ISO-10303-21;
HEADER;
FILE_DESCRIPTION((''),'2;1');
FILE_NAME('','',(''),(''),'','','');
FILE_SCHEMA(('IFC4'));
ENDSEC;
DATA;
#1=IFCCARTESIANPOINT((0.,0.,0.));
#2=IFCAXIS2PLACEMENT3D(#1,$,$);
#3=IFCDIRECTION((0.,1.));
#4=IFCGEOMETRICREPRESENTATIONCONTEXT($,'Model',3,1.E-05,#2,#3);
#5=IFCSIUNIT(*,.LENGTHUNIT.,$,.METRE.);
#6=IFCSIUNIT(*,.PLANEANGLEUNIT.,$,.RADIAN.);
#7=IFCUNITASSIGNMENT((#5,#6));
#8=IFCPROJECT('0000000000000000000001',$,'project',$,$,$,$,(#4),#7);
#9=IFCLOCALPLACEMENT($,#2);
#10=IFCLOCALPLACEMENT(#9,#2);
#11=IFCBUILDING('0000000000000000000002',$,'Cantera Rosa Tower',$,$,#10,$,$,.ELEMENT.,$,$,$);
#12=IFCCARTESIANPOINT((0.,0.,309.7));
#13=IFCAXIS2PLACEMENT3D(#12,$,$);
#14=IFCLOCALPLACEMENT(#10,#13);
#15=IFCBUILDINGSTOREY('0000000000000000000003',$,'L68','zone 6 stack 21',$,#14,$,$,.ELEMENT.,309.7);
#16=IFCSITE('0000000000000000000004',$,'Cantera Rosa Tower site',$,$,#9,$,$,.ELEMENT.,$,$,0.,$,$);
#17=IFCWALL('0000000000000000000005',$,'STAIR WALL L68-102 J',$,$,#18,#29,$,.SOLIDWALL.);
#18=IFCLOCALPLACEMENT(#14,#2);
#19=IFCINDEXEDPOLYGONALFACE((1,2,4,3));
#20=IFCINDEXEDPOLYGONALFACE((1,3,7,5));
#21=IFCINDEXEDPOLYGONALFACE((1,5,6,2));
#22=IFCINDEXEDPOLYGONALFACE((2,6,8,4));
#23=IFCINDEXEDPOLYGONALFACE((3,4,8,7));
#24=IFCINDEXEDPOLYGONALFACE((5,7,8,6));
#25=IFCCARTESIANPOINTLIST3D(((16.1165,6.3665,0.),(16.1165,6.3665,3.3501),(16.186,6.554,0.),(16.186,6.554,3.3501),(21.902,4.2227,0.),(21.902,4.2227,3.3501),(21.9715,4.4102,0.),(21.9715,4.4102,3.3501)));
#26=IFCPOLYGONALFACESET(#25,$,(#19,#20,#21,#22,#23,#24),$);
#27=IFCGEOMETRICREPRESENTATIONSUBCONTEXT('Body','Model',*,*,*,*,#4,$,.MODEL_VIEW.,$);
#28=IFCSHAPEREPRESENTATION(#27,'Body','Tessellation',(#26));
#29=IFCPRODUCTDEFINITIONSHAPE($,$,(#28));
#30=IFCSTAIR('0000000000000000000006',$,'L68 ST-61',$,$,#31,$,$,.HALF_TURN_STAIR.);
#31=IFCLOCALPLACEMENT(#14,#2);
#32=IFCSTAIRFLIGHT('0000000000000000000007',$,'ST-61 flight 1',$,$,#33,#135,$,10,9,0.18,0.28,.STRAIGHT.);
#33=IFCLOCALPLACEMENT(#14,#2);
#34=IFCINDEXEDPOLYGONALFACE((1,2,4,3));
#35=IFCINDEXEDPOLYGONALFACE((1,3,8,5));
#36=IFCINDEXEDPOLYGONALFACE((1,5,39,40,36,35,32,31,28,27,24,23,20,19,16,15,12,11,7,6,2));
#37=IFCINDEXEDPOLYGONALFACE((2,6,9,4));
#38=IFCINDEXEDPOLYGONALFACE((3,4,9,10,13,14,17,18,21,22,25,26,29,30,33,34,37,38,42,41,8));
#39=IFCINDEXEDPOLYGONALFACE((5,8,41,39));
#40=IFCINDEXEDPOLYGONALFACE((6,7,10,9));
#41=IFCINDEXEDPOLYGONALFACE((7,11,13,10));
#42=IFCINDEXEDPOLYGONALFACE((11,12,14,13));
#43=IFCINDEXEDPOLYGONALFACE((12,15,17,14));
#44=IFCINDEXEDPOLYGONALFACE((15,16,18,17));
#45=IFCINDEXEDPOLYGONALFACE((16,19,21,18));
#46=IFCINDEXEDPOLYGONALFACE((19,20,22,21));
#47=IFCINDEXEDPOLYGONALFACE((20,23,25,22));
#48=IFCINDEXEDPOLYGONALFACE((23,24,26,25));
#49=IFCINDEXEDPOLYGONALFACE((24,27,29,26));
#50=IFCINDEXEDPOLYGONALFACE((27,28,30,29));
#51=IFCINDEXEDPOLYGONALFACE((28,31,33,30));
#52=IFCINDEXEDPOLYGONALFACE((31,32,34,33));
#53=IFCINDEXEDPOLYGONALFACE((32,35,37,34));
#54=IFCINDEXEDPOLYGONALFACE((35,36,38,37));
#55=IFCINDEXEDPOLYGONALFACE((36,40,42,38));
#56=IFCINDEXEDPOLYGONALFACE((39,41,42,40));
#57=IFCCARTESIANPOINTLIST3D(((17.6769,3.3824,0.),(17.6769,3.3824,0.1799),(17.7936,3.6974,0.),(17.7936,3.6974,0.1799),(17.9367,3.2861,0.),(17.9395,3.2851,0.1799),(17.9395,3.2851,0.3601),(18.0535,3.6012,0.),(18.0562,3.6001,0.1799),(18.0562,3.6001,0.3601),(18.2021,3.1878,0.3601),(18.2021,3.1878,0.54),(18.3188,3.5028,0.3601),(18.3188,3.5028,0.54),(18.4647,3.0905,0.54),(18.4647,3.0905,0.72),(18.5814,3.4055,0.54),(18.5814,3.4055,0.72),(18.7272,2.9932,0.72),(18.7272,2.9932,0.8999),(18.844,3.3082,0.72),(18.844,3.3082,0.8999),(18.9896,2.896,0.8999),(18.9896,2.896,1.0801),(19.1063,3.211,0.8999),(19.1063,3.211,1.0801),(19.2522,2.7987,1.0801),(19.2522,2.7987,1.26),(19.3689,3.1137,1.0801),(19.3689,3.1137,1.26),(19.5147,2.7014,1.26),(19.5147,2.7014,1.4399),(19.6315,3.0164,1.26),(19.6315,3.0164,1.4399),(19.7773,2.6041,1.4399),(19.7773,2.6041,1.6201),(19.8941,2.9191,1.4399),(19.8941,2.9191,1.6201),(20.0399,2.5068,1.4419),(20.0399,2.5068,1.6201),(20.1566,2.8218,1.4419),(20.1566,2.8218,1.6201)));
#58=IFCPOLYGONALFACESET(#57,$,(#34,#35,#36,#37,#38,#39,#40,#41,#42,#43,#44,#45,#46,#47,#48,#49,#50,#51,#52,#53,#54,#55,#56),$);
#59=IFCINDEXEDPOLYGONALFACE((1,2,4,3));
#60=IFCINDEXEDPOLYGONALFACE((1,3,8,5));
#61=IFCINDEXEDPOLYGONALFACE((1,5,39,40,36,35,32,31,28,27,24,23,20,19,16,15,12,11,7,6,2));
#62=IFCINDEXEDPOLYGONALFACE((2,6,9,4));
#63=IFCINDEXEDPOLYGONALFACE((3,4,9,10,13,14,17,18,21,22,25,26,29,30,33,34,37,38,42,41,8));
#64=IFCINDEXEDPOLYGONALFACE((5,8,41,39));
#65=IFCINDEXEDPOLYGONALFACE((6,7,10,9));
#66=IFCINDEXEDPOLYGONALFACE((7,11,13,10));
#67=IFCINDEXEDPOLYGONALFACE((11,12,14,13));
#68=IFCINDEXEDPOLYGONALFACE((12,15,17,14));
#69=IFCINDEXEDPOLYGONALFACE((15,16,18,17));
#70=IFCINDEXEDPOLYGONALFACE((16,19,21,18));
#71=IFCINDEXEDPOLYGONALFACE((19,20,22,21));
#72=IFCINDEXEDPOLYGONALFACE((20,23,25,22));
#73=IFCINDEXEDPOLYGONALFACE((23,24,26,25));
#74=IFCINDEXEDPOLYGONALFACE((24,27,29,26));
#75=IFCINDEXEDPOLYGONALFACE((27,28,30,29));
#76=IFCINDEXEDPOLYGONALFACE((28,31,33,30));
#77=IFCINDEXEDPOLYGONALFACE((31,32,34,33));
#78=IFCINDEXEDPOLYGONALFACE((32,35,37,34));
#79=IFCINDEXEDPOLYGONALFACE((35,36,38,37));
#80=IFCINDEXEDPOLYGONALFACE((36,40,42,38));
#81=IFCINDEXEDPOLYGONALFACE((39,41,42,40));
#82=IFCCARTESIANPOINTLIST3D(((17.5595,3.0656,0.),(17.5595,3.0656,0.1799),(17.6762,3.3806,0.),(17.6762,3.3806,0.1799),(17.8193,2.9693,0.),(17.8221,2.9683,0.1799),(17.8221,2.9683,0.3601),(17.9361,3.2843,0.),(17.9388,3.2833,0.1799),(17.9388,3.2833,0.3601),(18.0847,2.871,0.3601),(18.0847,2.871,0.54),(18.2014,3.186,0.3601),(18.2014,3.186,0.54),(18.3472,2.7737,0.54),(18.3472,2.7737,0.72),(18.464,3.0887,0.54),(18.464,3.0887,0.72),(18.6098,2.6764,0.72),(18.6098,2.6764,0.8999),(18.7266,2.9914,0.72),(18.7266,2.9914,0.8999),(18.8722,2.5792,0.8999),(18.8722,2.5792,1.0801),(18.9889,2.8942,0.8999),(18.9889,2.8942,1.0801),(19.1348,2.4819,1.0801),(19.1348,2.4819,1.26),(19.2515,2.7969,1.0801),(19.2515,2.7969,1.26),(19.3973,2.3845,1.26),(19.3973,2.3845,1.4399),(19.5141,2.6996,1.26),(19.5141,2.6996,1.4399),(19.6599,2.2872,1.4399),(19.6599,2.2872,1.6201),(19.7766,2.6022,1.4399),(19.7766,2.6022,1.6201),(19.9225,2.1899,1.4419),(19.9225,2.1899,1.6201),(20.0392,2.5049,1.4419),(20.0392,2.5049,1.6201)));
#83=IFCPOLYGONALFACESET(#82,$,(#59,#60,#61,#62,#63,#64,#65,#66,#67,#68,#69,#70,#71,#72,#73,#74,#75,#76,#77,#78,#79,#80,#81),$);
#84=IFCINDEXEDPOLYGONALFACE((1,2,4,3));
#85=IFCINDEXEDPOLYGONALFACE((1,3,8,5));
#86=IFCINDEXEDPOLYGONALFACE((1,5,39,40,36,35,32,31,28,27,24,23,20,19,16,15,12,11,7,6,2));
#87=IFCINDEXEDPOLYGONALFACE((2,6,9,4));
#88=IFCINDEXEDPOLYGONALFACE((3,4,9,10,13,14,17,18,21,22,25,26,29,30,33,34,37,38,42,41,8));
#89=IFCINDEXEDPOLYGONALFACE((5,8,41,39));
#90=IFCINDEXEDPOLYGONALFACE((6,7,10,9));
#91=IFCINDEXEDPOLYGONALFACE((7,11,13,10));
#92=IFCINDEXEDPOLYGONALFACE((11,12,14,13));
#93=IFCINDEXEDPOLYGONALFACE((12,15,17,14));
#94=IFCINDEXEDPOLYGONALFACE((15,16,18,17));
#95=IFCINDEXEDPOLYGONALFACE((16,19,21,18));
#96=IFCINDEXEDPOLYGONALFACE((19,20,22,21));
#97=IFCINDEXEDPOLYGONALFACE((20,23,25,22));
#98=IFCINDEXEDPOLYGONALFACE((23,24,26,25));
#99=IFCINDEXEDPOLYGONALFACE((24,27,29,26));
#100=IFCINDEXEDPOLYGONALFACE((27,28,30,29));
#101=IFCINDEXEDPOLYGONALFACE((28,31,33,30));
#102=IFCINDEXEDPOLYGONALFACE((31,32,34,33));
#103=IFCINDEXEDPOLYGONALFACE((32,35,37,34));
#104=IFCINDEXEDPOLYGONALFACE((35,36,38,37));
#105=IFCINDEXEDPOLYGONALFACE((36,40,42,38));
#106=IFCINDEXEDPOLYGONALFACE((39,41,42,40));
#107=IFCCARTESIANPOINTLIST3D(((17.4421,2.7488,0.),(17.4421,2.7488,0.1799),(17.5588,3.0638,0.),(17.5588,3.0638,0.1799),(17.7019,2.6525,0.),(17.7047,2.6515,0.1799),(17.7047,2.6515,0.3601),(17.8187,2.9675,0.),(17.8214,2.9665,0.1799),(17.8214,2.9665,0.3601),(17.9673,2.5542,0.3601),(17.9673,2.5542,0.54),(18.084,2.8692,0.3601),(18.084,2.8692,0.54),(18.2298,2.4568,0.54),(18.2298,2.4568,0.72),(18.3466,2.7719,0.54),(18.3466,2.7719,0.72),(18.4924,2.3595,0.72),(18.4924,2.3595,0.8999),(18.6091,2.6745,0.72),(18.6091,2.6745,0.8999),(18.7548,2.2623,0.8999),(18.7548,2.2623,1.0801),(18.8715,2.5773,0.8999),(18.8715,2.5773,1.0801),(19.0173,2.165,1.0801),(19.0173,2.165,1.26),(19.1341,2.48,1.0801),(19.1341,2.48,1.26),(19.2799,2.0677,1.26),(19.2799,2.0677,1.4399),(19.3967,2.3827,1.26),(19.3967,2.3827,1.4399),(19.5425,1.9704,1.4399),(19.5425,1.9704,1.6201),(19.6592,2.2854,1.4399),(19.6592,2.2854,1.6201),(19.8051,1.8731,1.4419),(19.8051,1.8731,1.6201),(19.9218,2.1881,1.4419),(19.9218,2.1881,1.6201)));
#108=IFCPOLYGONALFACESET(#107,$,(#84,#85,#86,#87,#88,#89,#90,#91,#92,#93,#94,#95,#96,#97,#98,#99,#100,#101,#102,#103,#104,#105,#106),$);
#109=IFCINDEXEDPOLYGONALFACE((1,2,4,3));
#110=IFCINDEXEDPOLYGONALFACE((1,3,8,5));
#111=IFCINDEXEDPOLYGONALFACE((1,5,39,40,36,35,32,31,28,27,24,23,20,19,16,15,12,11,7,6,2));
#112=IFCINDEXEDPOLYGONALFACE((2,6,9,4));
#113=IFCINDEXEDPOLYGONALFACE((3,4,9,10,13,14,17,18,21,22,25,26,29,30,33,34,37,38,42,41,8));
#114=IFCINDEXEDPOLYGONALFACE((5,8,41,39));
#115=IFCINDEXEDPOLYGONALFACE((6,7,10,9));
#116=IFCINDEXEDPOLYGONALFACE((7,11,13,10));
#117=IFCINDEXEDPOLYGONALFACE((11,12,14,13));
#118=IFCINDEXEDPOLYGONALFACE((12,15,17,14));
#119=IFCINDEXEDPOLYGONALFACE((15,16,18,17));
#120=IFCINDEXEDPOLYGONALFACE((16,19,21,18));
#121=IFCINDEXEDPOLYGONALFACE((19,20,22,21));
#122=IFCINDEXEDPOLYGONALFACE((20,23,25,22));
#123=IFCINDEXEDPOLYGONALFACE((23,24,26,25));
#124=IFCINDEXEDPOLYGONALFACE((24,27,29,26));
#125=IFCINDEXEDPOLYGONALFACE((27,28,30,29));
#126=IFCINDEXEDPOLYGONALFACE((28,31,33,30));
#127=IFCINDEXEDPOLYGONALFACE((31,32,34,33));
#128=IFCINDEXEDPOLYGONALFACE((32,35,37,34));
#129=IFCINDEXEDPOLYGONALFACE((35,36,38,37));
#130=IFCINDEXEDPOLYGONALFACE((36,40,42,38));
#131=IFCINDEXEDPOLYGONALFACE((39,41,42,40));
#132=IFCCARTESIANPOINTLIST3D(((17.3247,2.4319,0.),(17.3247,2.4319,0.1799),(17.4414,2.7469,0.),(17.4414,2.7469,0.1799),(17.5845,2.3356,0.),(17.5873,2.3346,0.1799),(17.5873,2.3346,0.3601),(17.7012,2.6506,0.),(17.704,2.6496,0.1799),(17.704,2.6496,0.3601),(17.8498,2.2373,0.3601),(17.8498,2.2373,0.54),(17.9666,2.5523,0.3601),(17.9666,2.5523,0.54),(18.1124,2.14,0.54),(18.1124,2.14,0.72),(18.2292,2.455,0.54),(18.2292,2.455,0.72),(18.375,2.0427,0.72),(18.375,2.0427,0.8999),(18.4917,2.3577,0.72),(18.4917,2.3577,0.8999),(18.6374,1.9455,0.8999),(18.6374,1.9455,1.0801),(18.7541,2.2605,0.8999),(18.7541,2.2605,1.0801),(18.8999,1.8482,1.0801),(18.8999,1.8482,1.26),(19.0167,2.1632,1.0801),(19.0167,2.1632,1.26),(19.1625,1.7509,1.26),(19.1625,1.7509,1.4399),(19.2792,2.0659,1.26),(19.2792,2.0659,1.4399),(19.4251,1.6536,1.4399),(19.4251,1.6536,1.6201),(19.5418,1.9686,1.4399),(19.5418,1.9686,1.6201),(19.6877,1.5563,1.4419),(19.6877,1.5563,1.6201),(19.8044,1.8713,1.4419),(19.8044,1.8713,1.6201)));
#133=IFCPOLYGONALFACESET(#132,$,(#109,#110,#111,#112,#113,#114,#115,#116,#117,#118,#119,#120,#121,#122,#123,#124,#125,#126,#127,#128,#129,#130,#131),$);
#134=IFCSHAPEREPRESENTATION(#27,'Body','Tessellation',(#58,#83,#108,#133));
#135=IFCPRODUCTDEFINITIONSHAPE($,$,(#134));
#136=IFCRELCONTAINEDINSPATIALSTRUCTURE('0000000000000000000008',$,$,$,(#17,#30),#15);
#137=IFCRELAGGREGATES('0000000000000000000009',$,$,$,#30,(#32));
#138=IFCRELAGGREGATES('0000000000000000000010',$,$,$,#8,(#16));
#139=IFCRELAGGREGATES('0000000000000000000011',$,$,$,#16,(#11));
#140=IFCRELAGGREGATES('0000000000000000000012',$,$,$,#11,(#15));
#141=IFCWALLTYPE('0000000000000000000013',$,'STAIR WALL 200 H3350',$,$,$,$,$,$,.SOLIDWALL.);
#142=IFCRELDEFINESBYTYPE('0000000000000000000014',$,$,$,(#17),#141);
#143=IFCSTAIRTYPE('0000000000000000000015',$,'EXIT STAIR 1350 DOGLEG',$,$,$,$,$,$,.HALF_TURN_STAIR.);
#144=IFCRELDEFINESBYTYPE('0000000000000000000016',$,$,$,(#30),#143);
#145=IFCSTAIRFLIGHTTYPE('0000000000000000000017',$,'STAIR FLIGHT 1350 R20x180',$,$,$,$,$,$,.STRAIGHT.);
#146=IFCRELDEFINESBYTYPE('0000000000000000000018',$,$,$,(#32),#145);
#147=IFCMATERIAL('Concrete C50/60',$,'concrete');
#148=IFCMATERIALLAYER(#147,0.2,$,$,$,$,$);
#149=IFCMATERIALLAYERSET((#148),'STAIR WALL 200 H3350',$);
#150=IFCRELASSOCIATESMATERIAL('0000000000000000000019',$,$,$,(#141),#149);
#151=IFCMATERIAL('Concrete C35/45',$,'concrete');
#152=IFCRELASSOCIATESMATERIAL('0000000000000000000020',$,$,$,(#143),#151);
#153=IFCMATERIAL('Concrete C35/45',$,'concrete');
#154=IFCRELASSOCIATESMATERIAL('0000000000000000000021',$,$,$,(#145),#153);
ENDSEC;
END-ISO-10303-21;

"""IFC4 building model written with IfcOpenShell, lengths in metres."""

from ifc_helpers import new_model, si_unit, direction, frame, frame_2d, origin, place, context, subcontext, project, spatial, polyline, rectangle, outline, extrude, material, layer, layer_set, type_object, element, aggregate, save


model = new_model("IFC4")

# Units and contexts
model_context = context("Model", 3, precision=1e-05, world=origin(), true_north=direction((0.0, 1.0)))
body_context = subcontext(model_context, "Body", "Model", "MODEL_VIEW")
ifc_project = project(units=[si_unit("LENGTHUNIT", "METRE"), si_unit("PLANEANGLEUNIT", "RADIAN")], contexts=[model_context])

# Site, building, storey
site_placement = place(None, origin())
site = spatial("IfcSite", under=ifc_project, at=site_placement, Name="Cantera Rosa Tower site", CompositionType="ELEMENT", RefElevation=0.0)
building_placement = place(site_placement, origin())
building = spatial("IfcBuilding", under=site, at=building_placement, Name="Cantera Rosa Tower", CompositionType="ELEMENT")
storey_placement = place(building_placement, frame((0.0, 0.0, 309.7)))
storey = spatial("IfcBuildingStorey", under=building, at=storey_placement, Name="L68", Description="zone 6 stack 21", CompositionType="ELEMENT", Elevation=309.7)

# Shared definitions
ifc_material_1 = material(Name="Concrete C50/60", Category="concrete")
ifc_layer_1 = layer(ifc_material_1, 0.2)
ifc_layer_set_1 = layer_set([ifc_layer_1], Name="STAIR WALL 200 H3350")
wall_type_1 = type_object("IfcWallType", Name="STAIR WALL 200 H3350", PredefinedType="SOLIDWALL", material=ifc_layer_set_1)

# Wall
wall_1_placement = place(storey_placement, frame((21.9368, 4.3164, 0.0), z_axis=(0.0, 0.0, 1.0), x_axis=(-0.937693, 0.347465, 0.0)))
element("IfcWall", 1, at=wall_1_placement, inside=storey, type_object=wall_type_1, Name="STAIR WALL L68-102 J", PredefinedType="SOLIDWALL", context=body_context, shape_type="SweptSolid", body=[
    extrude(rectangle(XDim=6.1699, YDim=0.2, at=frame_2d((3.085, 0.0))), origin(), (0.0, 0.0, 1.0), 3.3501),
])

# Stair, stair flight
ifc_material_2 = material(Name="Concrete C35/45", Category="concrete")
stair_type = type_object("IfcStairType", Name="EXIT STAIR 1350 DOGLEG", PredefinedType="HALF_TURN_STAIR", material=ifc_material_2)
stair_placement = place(storey_placement, origin())
stair = element("IfcStair", 2, at=stair_placement, inside=storey, type_object=stair_type, Name="L68 ST-61", PredefinedType="HALF_TURN_STAIR")
ifc_material_3 = material(Name="Concrete C35/45", Category="concrete")
stair_flight_type = type_object("IfcStairFlightType", Name="STAIR FLIGHT 1350 R20x180", PredefinedType="STRAIGHT", material=ifc_material_3)
stair_flight_1_placement = place(storey_placement, frame((17.5591, 3.0645, 0.0), z_axis=(0.0, 0.0, 1.0), x_axis=(0.937687, -0.347481, 0.0)))
stair_flight_1 = element("IfcStairFlight", 3, at=stair_flight_1_placement, type_object=stair_flight_type, Name="ST-61 flight 1", NumberOfRisers=10, NumberOfTreads=9, PredefinedType="STRAIGHT", RiserHeight=0.18, TreadLength=0.28, context=body_context, shape_type="SweptSolid", body=[
    extrude(outline(polyline([(0.0, 0.0), (0.0, 0.1799), (0.28, 0.1799), (0.28, 0.3601), (0.5601, 0.3601), (0.5601, 0.54), (0.8401, 0.54), (0.8401, 0.72), (1.1201, 0.72), (1.1201, 0.8999), (1.3999, 0.8999), (1.3999, 1.0801), (1.6799, 1.0801), (1.6799, 1.26), (1.96, 1.26), (1.96, 1.4399), (2.24, 1.4399), (2.24, 1.6201), (2.52, 1.6201), (2.52, 1.8), (2.52, 1.4419), (0.2771, 0.0), (0.0, 0.0)])), frame((0.0, 0.675, 0.0), z_axis=(0.0, -1.0, 0.0), x_axis=(1.0, 0.0, 0.0)), (0.0, 0.0, 1.0), 0.3359),
    extrude(outline(polyline([(0.0, 0.0), (0.0, 0.1799), (0.28, 0.1799), (0.28, 0.3601), (0.5601, 0.3601), (0.5601, 0.54), (0.8401, 0.54), (0.8401, 0.72), (1.1201, 0.72), (1.1201, 0.8999), (1.3999, 0.8999), (1.3999, 1.0801), (1.6799, 1.0801), (1.6799, 1.26), (1.96, 1.26), (1.96, 1.4399), (2.24, 1.4399), (2.24, 1.6201), (2.52, 1.6201), (2.52, 1.8), (2.52, 1.4419), (0.2771, 0.0), (0.0, 0.0)])), frame((0.0, 0.3372, 0.0), z_axis=(0.0, -1.0, 0.0), x_axis=(1.0, 0.0, 0.0)), (0.0, 0.0, 1.0), 0.3359),
    extrude(outline(polyline([(0.0, 0.0), (0.0, 0.1799), (0.28, 0.1799), (0.28, 0.3601), (0.5601, 0.3601), (0.5601, 0.54), (0.8401, 0.54), (0.8401, 0.72), (1.1201, 0.72), (1.1201, 0.8999), (1.3999, 0.8999), (1.3999, 1.0801), (1.6799, 1.0801), (1.6799, 1.26), (1.96, 1.26), (1.96, 1.4399), (2.24, 1.4399), (2.24, 1.6201), (2.52, 1.6201), (2.52, 1.8), (2.52, 1.4419), (0.2771, 0.0), (0.0, 0.0)])), frame((0.0, -0.0007, 0.0), z_axis=(0.0, -1.0, 0.0), x_axis=(1.0, 0.0, 0.0)), (0.0, 0.0, 1.0), 0.3359),
    extrude(outline(polyline([(0.0, 0.0), (0.0, 0.1799), (0.28, 0.1799), (0.28, 0.3601), (0.5601, 0.3601), (0.5601, 0.54), (0.8401, 0.54), (0.8401, 0.72), (1.1201, 0.72), (1.1201, 0.8999), (1.3999, 0.8999), (1.3999, 1.0801), (1.6799, 1.0801), (1.6799, 1.26), (1.96, 1.26), (1.96, 1.4399), (2.24, 1.4399), (2.24, 1.6201), (2.52, 1.6201), (2.52, 1.8), (2.52, 1.4419), (0.2771, 0.0), (0.0, 0.0)])), frame((0.0, -0.3386, 0.0), z_axis=(0.0, -1.0, 0.0), x_axis=(1.0, 0.0, 0.0)), (0.0, 0.0, 1.0), 0.3359),
])
aggregate(stair, [stair_flight_1])

save(model, "model.ifc")
